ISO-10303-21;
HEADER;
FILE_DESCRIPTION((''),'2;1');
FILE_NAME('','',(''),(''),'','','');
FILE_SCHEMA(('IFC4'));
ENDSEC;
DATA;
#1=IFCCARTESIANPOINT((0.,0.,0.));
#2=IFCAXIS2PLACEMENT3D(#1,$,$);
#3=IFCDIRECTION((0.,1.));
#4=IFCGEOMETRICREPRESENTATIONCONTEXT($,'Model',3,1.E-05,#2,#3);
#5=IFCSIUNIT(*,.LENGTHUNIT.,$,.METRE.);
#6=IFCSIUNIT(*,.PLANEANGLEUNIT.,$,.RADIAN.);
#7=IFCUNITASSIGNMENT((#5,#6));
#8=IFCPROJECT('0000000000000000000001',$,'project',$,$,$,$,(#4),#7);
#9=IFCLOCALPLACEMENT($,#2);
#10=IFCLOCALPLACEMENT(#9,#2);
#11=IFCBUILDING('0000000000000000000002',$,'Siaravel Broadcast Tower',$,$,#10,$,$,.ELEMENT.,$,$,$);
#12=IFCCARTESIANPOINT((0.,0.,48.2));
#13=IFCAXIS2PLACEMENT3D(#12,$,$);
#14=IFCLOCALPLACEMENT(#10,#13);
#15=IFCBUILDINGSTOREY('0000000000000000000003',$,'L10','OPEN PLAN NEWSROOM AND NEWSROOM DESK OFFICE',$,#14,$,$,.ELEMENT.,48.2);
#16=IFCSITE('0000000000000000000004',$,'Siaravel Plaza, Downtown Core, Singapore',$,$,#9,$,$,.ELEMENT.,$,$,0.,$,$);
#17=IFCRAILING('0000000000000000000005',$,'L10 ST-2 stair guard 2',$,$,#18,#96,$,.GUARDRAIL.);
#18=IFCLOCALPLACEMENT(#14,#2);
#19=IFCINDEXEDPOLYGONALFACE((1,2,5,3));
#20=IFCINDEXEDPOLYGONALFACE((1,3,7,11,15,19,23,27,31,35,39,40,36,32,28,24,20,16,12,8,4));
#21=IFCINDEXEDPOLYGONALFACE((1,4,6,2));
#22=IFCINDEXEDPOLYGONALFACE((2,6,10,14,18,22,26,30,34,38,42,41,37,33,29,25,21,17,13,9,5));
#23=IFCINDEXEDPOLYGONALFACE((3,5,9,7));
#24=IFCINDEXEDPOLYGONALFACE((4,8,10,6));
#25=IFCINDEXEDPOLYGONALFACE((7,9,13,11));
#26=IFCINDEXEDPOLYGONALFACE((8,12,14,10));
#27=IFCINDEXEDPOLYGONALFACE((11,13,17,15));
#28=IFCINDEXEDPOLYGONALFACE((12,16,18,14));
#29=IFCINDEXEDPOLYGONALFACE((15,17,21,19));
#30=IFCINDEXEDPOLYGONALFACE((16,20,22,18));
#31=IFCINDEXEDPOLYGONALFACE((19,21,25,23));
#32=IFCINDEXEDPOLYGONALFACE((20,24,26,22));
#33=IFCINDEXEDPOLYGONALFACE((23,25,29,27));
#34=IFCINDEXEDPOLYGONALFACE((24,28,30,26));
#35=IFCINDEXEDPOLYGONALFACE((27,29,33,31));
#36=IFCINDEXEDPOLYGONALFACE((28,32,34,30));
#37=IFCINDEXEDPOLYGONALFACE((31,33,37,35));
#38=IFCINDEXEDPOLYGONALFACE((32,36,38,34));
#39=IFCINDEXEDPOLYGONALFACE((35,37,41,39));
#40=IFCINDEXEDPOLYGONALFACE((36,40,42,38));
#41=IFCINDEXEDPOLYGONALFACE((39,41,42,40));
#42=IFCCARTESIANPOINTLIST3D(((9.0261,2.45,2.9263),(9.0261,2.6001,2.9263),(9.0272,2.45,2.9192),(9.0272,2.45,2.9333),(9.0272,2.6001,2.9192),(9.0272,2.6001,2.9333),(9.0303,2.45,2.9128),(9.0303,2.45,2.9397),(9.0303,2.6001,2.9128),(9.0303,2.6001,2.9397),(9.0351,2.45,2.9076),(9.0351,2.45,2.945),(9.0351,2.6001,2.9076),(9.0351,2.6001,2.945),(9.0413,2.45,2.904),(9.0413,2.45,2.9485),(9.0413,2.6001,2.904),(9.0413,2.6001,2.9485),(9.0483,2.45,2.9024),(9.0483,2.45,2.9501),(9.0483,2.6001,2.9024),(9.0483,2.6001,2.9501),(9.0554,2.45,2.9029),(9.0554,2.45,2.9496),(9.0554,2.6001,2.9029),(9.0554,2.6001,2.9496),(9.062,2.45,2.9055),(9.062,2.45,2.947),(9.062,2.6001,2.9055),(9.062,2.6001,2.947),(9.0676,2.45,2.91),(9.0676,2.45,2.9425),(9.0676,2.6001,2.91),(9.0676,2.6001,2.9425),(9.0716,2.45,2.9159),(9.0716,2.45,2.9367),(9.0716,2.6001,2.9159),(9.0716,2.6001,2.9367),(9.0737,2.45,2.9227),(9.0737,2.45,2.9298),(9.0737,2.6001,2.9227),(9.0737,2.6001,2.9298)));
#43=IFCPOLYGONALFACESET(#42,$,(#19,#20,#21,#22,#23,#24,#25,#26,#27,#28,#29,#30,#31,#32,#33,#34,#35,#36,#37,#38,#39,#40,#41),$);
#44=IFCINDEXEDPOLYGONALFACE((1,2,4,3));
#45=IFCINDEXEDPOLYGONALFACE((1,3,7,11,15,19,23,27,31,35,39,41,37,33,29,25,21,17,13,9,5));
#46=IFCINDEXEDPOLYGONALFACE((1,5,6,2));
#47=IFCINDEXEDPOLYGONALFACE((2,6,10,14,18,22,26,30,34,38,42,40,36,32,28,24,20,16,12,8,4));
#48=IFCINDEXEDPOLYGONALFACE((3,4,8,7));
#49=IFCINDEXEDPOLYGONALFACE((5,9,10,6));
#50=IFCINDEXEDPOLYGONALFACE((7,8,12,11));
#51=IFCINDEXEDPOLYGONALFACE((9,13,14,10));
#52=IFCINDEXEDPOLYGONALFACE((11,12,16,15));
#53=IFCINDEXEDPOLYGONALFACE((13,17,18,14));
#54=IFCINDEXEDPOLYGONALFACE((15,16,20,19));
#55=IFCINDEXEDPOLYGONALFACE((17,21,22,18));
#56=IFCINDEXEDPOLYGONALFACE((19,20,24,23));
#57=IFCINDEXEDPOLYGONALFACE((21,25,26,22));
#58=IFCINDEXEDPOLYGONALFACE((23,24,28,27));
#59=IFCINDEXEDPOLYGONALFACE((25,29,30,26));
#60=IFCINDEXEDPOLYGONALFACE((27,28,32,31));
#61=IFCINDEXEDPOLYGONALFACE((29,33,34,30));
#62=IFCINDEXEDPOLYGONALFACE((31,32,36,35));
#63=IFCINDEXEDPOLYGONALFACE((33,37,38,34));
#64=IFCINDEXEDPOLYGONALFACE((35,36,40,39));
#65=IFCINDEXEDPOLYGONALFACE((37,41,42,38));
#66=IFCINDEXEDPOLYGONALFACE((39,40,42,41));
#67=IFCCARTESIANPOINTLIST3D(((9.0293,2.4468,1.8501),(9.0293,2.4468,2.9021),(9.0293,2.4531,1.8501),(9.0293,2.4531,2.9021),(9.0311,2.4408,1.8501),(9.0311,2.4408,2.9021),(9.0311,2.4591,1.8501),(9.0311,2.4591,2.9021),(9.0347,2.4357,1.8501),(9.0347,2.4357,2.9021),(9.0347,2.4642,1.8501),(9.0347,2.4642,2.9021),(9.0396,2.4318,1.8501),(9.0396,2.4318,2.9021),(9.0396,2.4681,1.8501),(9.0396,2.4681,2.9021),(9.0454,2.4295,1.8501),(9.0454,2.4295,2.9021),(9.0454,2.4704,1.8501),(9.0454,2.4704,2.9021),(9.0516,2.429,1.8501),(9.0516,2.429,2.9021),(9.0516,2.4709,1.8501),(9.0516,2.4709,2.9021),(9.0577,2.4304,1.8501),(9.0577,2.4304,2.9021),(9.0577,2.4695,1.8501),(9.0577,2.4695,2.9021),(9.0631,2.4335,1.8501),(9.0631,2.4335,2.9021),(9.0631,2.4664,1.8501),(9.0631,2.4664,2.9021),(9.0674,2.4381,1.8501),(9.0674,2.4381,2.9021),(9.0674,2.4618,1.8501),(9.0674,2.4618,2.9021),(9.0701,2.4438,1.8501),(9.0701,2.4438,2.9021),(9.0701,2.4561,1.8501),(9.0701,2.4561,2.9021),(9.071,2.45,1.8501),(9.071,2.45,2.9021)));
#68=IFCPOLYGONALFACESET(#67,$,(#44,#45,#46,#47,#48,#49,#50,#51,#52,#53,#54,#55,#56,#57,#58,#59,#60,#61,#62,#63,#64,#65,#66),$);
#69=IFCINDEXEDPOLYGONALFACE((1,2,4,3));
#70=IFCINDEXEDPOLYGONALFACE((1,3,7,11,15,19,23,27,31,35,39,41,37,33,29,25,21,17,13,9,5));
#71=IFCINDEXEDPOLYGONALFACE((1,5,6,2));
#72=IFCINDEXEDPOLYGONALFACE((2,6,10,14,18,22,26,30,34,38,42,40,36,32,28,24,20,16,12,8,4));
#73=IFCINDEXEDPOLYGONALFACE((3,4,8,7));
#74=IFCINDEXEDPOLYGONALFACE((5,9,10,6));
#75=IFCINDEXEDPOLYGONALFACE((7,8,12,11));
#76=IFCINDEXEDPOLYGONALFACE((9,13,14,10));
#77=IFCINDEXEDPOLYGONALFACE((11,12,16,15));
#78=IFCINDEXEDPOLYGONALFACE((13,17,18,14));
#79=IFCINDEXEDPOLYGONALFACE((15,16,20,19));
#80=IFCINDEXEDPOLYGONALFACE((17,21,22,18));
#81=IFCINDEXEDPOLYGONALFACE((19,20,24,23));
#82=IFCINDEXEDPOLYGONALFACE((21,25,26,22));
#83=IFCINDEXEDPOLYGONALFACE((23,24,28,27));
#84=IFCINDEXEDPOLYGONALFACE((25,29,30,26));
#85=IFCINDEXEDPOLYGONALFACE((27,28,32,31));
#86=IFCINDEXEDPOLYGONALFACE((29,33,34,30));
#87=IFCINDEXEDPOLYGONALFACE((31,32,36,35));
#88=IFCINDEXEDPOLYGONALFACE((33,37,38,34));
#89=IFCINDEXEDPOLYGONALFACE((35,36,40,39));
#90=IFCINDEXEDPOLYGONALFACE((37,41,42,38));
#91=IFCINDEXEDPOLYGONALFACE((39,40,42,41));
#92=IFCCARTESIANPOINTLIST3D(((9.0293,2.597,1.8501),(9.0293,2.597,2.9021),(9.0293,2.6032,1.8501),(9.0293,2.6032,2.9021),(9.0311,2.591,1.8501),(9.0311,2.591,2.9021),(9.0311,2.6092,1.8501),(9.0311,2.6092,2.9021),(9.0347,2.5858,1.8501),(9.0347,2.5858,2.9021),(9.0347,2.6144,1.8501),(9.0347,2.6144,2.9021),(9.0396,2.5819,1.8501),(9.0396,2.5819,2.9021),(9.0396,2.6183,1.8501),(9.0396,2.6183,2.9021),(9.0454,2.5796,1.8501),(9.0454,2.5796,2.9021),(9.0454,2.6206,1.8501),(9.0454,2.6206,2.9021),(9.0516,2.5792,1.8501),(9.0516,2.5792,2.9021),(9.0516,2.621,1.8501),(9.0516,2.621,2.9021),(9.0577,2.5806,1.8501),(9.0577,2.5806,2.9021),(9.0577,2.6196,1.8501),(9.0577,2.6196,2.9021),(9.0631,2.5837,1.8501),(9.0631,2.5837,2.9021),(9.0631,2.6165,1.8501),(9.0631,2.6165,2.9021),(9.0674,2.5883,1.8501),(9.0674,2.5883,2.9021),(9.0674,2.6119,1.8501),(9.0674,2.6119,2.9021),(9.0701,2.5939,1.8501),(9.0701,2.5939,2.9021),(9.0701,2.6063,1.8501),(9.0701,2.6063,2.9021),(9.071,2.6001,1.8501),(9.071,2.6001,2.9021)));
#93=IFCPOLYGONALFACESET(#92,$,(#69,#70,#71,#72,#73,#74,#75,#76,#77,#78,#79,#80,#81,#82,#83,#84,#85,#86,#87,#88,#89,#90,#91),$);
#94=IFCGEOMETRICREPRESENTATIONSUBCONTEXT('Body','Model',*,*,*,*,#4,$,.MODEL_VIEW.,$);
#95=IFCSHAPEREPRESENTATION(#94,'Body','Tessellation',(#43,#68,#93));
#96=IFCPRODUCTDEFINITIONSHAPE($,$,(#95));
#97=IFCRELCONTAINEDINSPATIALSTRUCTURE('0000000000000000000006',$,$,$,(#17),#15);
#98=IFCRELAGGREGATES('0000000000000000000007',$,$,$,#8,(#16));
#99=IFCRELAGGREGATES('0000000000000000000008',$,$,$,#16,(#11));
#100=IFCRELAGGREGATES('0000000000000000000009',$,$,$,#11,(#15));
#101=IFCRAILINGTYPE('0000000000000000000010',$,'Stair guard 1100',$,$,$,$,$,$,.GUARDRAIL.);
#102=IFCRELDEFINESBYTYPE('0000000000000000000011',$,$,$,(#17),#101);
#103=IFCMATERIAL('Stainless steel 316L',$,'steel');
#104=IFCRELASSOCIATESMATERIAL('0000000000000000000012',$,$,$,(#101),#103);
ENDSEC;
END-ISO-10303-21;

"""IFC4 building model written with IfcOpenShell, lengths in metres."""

from ifc_helpers import new_model, si_unit, direction, frame, origin, origin_2d, place, context, subcontext, project, spatial, circle, extrude, material, type_object, element, save


model = new_model("IFC4")

# Units and contexts
model_context = context("Model", 3, precision=1e-05, world=origin(), true_north=direction((0.0, 1.0)))
body_context = subcontext(model_context, "Body", "Model", "MODEL_VIEW")
ifc_project = project(units=[si_unit("LENGTHUNIT", "METRE"), si_unit("PLANEANGLEUNIT", "RADIAN")], contexts=[model_context])

# Site, building, storey
site_placement = place(None, origin())
site = spatial("IfcSite", under=ifc_project, at=site_placement, Name="Siaravel Plaza, Downtown Core, Singapore", CompositionType="ELEMENT", RefElevation=0.0)
building_placement = place(site_placement, origin())
building = spatial("IfcBuilding", under=site, at=building_placement, Name="Siaravel Broadcast Tower", CompositionType="ELEMENT")
storey_placement = place(building_placement, frame((0.0, 0.0, 48.2)))
storey = spatial("IfcBuildingStorey", under=building, at=storey_placement, Name="L10", Description="OPEN PLAN NEWSROOM AND NEWSROOM DESK OFFICE", CompositionType="ELEMENT", Elevation=48.2)

# Railing
ifc_material_1 = material(Name="Stainless steel 316L", Category="steel")
railing_type_1 = type_object("IfcRailingType", Name="Stair guard 1100", PredefinedType="GUARDRAIL", material=ifc_material_1)
railing_1_placement = place(storey_placement, frame((9.05, 2.45, 1.8501)))
element("IfcRailing", 1, at=railing_1_placement, inside=storey, type_object=railing_type_1, Name="L10 ST-2 stair guard 2", PredefinedType="GUARDRAIL", context=body_context, shape_type="SweptSolid", body=[
    extrude(circle(Radius=0.0239, at=origin_2d()), frame((0.0, 0.0, 1.0762), z_axis=(0.0, 1.0, 0.0), x_axis=(-1.0, 0.0, 0.0)), (0.0, 0.0, 1.0), 0.1501),
    extrude(circle(Radius=0.021, at=origin_2d()), origin(), (0.0, 0.0, 1.0), 1.052),
    extrude(circle(Radius=0.021, at=origin_2d()), frame((0.0, 0.1501, 0.0)), (0.0, 0.0, 1.0), 1.052),
])

save(model, "model.ifc")
